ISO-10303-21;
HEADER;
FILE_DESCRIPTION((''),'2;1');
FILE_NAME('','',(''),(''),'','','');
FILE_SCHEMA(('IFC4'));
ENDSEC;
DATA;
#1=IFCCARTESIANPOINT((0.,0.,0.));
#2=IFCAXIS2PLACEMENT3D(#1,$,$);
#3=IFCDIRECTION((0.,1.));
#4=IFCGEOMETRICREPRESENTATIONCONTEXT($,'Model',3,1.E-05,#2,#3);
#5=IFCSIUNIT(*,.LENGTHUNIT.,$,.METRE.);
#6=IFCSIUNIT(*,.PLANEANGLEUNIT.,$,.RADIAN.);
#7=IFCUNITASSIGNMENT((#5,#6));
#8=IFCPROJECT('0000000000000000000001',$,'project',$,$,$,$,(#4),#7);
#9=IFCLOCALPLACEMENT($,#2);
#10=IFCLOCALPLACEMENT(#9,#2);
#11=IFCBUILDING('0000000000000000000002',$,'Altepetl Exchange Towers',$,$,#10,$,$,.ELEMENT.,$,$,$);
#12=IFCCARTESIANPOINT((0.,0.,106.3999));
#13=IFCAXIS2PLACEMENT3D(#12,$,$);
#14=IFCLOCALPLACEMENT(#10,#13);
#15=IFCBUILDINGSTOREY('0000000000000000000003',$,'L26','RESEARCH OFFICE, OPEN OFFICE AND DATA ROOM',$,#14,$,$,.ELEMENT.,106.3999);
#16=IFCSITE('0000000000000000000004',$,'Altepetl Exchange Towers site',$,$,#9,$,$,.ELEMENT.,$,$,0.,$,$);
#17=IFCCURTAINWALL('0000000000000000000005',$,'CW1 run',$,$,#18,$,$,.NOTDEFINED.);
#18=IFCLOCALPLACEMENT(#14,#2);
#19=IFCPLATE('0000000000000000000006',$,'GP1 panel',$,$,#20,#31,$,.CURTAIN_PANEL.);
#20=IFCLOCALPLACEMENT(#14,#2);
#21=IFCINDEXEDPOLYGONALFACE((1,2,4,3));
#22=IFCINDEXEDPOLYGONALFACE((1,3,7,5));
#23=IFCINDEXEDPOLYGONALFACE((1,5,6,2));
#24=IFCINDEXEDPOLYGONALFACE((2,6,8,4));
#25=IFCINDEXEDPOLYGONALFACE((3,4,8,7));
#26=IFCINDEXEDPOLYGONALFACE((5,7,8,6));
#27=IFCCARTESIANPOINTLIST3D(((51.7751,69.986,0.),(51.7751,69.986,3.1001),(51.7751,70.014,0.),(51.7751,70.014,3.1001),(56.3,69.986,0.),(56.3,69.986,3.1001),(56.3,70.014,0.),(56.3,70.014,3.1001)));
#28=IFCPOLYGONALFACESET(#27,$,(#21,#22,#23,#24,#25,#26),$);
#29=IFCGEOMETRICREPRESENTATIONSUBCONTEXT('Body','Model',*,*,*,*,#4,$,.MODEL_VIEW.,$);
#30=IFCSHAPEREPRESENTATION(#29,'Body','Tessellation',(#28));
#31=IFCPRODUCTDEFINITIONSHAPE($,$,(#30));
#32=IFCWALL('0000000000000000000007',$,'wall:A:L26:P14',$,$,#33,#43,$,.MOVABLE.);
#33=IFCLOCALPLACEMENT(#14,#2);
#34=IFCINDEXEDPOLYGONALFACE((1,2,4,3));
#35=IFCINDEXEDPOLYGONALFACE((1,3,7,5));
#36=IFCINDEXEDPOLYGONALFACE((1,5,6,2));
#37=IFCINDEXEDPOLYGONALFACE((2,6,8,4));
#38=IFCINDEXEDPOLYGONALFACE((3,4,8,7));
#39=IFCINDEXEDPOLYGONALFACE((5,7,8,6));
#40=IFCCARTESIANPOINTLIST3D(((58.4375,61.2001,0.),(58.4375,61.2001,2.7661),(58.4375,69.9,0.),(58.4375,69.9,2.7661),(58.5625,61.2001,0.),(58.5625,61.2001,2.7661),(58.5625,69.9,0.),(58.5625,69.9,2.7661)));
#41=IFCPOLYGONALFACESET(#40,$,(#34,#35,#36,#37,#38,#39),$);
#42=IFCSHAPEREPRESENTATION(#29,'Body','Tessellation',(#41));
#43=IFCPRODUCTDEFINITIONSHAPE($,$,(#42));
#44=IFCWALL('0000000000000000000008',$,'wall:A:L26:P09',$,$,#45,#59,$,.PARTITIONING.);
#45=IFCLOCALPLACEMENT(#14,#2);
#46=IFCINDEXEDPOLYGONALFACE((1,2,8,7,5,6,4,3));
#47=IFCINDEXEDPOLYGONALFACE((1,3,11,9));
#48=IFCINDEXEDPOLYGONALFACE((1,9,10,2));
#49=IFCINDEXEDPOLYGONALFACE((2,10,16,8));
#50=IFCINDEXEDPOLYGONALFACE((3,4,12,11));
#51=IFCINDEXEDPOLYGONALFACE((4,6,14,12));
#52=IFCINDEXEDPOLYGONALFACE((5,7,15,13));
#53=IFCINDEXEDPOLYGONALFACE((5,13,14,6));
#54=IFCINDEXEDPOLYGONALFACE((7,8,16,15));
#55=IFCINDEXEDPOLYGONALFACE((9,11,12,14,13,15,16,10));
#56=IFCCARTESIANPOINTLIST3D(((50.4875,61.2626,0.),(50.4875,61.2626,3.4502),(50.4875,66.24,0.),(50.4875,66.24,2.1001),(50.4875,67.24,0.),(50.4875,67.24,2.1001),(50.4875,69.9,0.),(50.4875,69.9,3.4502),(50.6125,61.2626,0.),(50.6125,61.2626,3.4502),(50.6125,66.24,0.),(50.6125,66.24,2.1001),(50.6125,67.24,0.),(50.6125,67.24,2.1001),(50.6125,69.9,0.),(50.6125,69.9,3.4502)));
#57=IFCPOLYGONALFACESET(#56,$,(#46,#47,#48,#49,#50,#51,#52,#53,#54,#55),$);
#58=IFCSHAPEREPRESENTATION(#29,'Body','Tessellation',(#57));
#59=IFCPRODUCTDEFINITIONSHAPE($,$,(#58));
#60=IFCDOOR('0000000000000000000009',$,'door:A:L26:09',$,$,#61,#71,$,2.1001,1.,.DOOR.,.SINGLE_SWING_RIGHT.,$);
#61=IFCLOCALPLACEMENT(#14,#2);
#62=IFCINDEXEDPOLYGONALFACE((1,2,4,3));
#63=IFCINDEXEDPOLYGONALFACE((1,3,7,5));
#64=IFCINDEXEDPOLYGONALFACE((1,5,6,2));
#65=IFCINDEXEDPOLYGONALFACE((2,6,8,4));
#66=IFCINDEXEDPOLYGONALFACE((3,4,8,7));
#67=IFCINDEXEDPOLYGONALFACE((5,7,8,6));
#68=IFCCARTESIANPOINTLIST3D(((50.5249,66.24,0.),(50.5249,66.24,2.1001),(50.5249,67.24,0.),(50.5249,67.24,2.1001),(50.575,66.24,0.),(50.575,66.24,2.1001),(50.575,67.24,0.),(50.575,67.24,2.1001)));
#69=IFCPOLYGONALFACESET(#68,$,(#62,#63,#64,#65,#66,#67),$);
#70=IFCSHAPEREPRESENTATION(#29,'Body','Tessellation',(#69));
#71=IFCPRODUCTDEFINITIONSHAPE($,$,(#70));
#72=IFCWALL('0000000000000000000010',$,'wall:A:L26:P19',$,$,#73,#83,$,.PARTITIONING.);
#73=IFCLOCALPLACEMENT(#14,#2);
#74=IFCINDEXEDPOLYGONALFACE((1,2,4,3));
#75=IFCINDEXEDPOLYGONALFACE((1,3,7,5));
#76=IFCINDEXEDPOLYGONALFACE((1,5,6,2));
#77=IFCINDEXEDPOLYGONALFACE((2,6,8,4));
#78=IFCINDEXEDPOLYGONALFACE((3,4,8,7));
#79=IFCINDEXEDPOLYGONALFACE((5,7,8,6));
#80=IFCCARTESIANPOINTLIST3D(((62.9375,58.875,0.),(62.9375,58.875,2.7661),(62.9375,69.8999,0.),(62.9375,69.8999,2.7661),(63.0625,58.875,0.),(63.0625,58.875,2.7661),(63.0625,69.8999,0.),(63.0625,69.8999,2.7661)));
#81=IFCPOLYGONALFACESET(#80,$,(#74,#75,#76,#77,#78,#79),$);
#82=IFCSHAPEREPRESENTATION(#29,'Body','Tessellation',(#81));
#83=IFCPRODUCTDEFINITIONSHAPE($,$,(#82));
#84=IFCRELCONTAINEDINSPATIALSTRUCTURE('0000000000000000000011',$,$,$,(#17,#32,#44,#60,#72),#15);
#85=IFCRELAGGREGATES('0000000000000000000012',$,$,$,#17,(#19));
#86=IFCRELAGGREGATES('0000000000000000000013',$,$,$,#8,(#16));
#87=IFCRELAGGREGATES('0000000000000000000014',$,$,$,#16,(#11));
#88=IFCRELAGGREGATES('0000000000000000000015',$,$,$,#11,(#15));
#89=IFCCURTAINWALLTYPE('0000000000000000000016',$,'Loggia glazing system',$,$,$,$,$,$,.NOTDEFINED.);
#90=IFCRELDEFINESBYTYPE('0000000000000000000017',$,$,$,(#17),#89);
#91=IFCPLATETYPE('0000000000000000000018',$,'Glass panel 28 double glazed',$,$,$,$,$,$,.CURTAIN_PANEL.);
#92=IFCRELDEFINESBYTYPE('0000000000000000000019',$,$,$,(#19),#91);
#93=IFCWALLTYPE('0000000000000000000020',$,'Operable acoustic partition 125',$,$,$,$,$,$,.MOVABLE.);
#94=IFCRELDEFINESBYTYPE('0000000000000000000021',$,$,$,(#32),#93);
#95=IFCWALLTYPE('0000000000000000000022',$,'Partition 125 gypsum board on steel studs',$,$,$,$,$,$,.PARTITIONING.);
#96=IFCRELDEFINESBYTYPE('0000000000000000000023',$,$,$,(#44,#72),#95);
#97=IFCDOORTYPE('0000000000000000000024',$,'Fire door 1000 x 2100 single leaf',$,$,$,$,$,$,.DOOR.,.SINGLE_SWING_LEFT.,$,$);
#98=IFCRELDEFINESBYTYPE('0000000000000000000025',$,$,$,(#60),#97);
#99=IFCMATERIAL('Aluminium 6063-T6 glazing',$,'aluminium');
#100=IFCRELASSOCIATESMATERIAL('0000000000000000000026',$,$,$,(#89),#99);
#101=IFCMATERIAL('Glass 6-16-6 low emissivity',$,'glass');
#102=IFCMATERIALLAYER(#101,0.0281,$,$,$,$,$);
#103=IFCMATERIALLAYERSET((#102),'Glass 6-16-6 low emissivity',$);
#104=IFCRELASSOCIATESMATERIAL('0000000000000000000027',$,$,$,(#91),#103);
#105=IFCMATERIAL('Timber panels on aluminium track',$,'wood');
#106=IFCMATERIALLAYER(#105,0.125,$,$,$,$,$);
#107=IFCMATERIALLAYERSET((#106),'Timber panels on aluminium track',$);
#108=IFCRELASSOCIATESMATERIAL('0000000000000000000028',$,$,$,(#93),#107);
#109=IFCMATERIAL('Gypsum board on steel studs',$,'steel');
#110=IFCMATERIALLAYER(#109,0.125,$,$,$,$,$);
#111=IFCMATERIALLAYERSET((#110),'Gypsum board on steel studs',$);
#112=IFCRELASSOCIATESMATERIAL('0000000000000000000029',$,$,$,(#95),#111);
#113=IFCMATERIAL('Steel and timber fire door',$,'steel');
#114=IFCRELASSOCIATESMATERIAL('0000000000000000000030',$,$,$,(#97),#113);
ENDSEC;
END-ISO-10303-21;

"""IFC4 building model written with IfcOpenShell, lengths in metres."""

from ifc_helpers import new_model, si_unit, direction, frame, frame_2d, origin, origin_2d, place, context, subcontext, project, spatial, rectangle, extrude, material, layer, layer_set, type_object, element, fill, aggregate, save


model = new_model("IFC4")

# Units and contexts
model_context = context("Model", 3, precision=1e-05, world=origin(), true_north=direction((0.0, 1.0)))
body_context = subcontext(model_context, "Body", "Model", "MODEL_VIEW")
ifc_project = project(units=[si_unit("LENGTHUNIT", "METRE"), si_unit("PLANEANGLEUNIT", "RADIAN")], contexts=[model_context])

# Site, building, storey
site_placement = place(None, origin())
site = spatial("IfcSite", under=ifc_project, at=site_placement, Name="Altepetl Exchange Towers site", CompositionType="ELEMENT", RefElevation=0.0)
building_placement = place(site_placement, origin())
building = spatial("IfcBuilding", under=site, at=building_placement, Name="Altepetl Exchange Towers", CompositionType="ELEMENT")
storey_placement = place(building_placement, frame((0.0, 0.0, 106.3999)))
storey = spatial("IfcBuildingStorey", under=building, at=storey_placement, Name="L26", Description="RESEARCH OFFICE, OPEN OFFICE AND DATA ROOM", CompositionType="ELEMENT", Elevation=106.3999)

# Curtain wall
ifc_material_1 = material(Name="Aluminium 6063-T6 glazing", Category="aluminium")
curtain_wall_type = type_object("IfcCurtainWallType", Name="Loggia glazing system", PredefinedType="NOTDEFINED", material=ifc_material_1)
curtain_wall_1_placement = place(storey_placement, origin())
curtain_wall_1 = element("IfcCurtainWall", 1, at=curtain_wall_1_placement, inside=storey, type_object=curtain_wall_type, Name="CW1 run", PredefinedType="NOTDEFINED")

# Plate
ifc_material_2 = material(Name="Glass 6-16-6 low emissivity", Category="glass")
ifc_layer_1 = layer(ifc_material_2, 0.0281)
ifc_layer_set_1 = layer_set([ifc_layer_1], Name="Glass 6-16-6 low emissivity")
plate_type = type_object("IfcPlateType", Name="Glass panel 28 double glazed", PredefinedType="CURTAIN_PANEL", material=ifc_layer_set_1)
plate_1_placement = place(storey_placement, frame((54.0376, 70.0, 0.0), z_axis=(0.0, 0.0, 1.0), x_axis=(-1.0, 0.0, 0.0)))
plate_1 = element("IfcPlate", 2, at=plate_1_placement, type_object=plate_type, Name="GP1 panel", PredefinedType="CURTAIN_PANEL", context=body_context, shape_type="SweptSolid", body=[
    extrude(rectangle(XDim=4.5249, YDim=0.0281, at=origin_2d()), origin(), (0.0, 0.0, 1.0), 3.1001),
])
aggregate(curtain_wall_1, [plate_1])

# Wall
ifc_material_3 = material(Name="Timber panels on aluminium track", Category="wood")
ifc_layer_2 = layer(ifc_material_3, 0.125)
ifc_layer_set_2 = layer_set([ifc_layer_2], Name="Timber panels on aluminium track")
wall_type_1 = type_object("IfcWallType", Name="Operable acoustic partition 125", PredefinedType="MOVABLE", material=ifc_layer_set_2)
wall_1_placement = place(storey_placement, frame((58.5, 61.2, 0.0), z_axis=(0.0, 0.0, 1.0), x_axis=(0.0, 1.0, 0.0)))
element("IfcWall", 3, at=wall_1_placement, inside=storey, type_object=wall_type_1, Name="wall:A:L26:P14", PredefinedType="MOVABLE", context=body_context, shape_type="SweptSolid", body=[
    extrude(rectangle(XDim=8.7, YDim=0.125, at=frame_2d((4.3501, 0.0))), origin(), (0.0, 0.0, 1.0), 2.7661),
])

# Wall, opening, door
ifc_material_4 = material(Name="Gypsum board on steel studs", Category="steel")
ifc_layer_3 = layer(ifc_material_4, 0.125)
ifc_layer_set_3 = layer_set([ifc_layer_3], Name="Gypsum board on steel studs")
wall_type_2 = type_object("IfcWallType", Name="Partition 125 gypsum board on steel studs", PredefinedType="PARTITIONING", material=ifc_layer_set_3)
wall_2_placement = place(storey_placement, frame((50.55, 61.2625, 0.0), z_axis=(0.0, 0.0, 1.0), x_axis=(0.0, 1.0, 0.0)))
wall_2 = element("IfcWall", 4, at=wall_2_placement, inside=storey, type_object=wall_type_2, Name="wall:A:L26:P09", PredefinedType="PARTITIONING", context=body_context, shape_type="SweptSolid", body=[
    extrude(rectangle(XDim=8.6375, YDim=0.125, at=frame_2d((4.3188, 0.0))), origin(), (0.0, 0.0, 1.0), 3.4502),
])
opening_placement = place(wall_2_placement, frame((4.9775, 0.0, 0.0)))
opening = element("IfcOpeningElement", 5, at=opening_placement, cuts=wall_2, PredefinedType="OPENING", context=body_context, shape_type="SweptSolid", body=[
    extrude(rectangle(XDim=1.0, YDim=2.1001, at=frame_2d((0.5, 1.05))), frame((0.0, 0.0725, 0.0), z_axis=(0.0, -1.0, 0.0), x_axis=(1.0, 0.0, 0.0)), (0.0, 0.0, 1.0), 0.145),
])
ifc_material_5 = material(Name="Steel and timber fire door", Category="steel")
door_type = type_object("IfcDoorType", Name="Fire door 1000 x 2100 single leaf", OperationType="SINGLE_SWING_LEFT", PredefinedType="DOOR", material=ifc_material_5)
door_placement = place(opening_placement, frame((1.0, 0.0, 0.0), x_axis=(-1.0, 0.0, 0.0)))
door = element("IfcDoor", 6, at=door_placement, inside=storey, type_object=door_type, Name="door:A:L26:09", OperationType="SINGLE_SWING_RIGHT", OverallHeight=2.1001, OverallWidth=1.0, PredefinedType="DOOR", context=body_context, shape_type="SweptSolid", body=[
    extrude(rectangle(XDim=1.0, YDim=2.1001, at=frame_2d((0.5, 1.05))), frame((0.0, 0.0249, 0.0), z_axis=(0.0, -1.0, 0.0), x_axis=(1.0, 0.0, 0.0)), (0.0, 0.0, 1.0), 0.05),
])
fill(opening, door)

# Wall
wall_3_placement = place(storey_placement, frame((63.0, 58.875, 0.0), z_axis=(0.0, 0.0, 1.0), x_axis=(0.0, 1.0, 0.0)))
element("IfcWall", 7, at=wall_3_placement, inside=storey, type_object=wall_type_2, Name="wall:A:L26:P19", PredefinedType="PARTITIONING", context=body_context, shape_type="SweptSolid", body=[
    extrude(rectangle(XDim=11.0249, YDim=0.125, at=frame_2d((5.5125, 0.0))), origin(), (0.0, 0.0, 1.0), 2.7661),
])

save(model, "model.ifc")
